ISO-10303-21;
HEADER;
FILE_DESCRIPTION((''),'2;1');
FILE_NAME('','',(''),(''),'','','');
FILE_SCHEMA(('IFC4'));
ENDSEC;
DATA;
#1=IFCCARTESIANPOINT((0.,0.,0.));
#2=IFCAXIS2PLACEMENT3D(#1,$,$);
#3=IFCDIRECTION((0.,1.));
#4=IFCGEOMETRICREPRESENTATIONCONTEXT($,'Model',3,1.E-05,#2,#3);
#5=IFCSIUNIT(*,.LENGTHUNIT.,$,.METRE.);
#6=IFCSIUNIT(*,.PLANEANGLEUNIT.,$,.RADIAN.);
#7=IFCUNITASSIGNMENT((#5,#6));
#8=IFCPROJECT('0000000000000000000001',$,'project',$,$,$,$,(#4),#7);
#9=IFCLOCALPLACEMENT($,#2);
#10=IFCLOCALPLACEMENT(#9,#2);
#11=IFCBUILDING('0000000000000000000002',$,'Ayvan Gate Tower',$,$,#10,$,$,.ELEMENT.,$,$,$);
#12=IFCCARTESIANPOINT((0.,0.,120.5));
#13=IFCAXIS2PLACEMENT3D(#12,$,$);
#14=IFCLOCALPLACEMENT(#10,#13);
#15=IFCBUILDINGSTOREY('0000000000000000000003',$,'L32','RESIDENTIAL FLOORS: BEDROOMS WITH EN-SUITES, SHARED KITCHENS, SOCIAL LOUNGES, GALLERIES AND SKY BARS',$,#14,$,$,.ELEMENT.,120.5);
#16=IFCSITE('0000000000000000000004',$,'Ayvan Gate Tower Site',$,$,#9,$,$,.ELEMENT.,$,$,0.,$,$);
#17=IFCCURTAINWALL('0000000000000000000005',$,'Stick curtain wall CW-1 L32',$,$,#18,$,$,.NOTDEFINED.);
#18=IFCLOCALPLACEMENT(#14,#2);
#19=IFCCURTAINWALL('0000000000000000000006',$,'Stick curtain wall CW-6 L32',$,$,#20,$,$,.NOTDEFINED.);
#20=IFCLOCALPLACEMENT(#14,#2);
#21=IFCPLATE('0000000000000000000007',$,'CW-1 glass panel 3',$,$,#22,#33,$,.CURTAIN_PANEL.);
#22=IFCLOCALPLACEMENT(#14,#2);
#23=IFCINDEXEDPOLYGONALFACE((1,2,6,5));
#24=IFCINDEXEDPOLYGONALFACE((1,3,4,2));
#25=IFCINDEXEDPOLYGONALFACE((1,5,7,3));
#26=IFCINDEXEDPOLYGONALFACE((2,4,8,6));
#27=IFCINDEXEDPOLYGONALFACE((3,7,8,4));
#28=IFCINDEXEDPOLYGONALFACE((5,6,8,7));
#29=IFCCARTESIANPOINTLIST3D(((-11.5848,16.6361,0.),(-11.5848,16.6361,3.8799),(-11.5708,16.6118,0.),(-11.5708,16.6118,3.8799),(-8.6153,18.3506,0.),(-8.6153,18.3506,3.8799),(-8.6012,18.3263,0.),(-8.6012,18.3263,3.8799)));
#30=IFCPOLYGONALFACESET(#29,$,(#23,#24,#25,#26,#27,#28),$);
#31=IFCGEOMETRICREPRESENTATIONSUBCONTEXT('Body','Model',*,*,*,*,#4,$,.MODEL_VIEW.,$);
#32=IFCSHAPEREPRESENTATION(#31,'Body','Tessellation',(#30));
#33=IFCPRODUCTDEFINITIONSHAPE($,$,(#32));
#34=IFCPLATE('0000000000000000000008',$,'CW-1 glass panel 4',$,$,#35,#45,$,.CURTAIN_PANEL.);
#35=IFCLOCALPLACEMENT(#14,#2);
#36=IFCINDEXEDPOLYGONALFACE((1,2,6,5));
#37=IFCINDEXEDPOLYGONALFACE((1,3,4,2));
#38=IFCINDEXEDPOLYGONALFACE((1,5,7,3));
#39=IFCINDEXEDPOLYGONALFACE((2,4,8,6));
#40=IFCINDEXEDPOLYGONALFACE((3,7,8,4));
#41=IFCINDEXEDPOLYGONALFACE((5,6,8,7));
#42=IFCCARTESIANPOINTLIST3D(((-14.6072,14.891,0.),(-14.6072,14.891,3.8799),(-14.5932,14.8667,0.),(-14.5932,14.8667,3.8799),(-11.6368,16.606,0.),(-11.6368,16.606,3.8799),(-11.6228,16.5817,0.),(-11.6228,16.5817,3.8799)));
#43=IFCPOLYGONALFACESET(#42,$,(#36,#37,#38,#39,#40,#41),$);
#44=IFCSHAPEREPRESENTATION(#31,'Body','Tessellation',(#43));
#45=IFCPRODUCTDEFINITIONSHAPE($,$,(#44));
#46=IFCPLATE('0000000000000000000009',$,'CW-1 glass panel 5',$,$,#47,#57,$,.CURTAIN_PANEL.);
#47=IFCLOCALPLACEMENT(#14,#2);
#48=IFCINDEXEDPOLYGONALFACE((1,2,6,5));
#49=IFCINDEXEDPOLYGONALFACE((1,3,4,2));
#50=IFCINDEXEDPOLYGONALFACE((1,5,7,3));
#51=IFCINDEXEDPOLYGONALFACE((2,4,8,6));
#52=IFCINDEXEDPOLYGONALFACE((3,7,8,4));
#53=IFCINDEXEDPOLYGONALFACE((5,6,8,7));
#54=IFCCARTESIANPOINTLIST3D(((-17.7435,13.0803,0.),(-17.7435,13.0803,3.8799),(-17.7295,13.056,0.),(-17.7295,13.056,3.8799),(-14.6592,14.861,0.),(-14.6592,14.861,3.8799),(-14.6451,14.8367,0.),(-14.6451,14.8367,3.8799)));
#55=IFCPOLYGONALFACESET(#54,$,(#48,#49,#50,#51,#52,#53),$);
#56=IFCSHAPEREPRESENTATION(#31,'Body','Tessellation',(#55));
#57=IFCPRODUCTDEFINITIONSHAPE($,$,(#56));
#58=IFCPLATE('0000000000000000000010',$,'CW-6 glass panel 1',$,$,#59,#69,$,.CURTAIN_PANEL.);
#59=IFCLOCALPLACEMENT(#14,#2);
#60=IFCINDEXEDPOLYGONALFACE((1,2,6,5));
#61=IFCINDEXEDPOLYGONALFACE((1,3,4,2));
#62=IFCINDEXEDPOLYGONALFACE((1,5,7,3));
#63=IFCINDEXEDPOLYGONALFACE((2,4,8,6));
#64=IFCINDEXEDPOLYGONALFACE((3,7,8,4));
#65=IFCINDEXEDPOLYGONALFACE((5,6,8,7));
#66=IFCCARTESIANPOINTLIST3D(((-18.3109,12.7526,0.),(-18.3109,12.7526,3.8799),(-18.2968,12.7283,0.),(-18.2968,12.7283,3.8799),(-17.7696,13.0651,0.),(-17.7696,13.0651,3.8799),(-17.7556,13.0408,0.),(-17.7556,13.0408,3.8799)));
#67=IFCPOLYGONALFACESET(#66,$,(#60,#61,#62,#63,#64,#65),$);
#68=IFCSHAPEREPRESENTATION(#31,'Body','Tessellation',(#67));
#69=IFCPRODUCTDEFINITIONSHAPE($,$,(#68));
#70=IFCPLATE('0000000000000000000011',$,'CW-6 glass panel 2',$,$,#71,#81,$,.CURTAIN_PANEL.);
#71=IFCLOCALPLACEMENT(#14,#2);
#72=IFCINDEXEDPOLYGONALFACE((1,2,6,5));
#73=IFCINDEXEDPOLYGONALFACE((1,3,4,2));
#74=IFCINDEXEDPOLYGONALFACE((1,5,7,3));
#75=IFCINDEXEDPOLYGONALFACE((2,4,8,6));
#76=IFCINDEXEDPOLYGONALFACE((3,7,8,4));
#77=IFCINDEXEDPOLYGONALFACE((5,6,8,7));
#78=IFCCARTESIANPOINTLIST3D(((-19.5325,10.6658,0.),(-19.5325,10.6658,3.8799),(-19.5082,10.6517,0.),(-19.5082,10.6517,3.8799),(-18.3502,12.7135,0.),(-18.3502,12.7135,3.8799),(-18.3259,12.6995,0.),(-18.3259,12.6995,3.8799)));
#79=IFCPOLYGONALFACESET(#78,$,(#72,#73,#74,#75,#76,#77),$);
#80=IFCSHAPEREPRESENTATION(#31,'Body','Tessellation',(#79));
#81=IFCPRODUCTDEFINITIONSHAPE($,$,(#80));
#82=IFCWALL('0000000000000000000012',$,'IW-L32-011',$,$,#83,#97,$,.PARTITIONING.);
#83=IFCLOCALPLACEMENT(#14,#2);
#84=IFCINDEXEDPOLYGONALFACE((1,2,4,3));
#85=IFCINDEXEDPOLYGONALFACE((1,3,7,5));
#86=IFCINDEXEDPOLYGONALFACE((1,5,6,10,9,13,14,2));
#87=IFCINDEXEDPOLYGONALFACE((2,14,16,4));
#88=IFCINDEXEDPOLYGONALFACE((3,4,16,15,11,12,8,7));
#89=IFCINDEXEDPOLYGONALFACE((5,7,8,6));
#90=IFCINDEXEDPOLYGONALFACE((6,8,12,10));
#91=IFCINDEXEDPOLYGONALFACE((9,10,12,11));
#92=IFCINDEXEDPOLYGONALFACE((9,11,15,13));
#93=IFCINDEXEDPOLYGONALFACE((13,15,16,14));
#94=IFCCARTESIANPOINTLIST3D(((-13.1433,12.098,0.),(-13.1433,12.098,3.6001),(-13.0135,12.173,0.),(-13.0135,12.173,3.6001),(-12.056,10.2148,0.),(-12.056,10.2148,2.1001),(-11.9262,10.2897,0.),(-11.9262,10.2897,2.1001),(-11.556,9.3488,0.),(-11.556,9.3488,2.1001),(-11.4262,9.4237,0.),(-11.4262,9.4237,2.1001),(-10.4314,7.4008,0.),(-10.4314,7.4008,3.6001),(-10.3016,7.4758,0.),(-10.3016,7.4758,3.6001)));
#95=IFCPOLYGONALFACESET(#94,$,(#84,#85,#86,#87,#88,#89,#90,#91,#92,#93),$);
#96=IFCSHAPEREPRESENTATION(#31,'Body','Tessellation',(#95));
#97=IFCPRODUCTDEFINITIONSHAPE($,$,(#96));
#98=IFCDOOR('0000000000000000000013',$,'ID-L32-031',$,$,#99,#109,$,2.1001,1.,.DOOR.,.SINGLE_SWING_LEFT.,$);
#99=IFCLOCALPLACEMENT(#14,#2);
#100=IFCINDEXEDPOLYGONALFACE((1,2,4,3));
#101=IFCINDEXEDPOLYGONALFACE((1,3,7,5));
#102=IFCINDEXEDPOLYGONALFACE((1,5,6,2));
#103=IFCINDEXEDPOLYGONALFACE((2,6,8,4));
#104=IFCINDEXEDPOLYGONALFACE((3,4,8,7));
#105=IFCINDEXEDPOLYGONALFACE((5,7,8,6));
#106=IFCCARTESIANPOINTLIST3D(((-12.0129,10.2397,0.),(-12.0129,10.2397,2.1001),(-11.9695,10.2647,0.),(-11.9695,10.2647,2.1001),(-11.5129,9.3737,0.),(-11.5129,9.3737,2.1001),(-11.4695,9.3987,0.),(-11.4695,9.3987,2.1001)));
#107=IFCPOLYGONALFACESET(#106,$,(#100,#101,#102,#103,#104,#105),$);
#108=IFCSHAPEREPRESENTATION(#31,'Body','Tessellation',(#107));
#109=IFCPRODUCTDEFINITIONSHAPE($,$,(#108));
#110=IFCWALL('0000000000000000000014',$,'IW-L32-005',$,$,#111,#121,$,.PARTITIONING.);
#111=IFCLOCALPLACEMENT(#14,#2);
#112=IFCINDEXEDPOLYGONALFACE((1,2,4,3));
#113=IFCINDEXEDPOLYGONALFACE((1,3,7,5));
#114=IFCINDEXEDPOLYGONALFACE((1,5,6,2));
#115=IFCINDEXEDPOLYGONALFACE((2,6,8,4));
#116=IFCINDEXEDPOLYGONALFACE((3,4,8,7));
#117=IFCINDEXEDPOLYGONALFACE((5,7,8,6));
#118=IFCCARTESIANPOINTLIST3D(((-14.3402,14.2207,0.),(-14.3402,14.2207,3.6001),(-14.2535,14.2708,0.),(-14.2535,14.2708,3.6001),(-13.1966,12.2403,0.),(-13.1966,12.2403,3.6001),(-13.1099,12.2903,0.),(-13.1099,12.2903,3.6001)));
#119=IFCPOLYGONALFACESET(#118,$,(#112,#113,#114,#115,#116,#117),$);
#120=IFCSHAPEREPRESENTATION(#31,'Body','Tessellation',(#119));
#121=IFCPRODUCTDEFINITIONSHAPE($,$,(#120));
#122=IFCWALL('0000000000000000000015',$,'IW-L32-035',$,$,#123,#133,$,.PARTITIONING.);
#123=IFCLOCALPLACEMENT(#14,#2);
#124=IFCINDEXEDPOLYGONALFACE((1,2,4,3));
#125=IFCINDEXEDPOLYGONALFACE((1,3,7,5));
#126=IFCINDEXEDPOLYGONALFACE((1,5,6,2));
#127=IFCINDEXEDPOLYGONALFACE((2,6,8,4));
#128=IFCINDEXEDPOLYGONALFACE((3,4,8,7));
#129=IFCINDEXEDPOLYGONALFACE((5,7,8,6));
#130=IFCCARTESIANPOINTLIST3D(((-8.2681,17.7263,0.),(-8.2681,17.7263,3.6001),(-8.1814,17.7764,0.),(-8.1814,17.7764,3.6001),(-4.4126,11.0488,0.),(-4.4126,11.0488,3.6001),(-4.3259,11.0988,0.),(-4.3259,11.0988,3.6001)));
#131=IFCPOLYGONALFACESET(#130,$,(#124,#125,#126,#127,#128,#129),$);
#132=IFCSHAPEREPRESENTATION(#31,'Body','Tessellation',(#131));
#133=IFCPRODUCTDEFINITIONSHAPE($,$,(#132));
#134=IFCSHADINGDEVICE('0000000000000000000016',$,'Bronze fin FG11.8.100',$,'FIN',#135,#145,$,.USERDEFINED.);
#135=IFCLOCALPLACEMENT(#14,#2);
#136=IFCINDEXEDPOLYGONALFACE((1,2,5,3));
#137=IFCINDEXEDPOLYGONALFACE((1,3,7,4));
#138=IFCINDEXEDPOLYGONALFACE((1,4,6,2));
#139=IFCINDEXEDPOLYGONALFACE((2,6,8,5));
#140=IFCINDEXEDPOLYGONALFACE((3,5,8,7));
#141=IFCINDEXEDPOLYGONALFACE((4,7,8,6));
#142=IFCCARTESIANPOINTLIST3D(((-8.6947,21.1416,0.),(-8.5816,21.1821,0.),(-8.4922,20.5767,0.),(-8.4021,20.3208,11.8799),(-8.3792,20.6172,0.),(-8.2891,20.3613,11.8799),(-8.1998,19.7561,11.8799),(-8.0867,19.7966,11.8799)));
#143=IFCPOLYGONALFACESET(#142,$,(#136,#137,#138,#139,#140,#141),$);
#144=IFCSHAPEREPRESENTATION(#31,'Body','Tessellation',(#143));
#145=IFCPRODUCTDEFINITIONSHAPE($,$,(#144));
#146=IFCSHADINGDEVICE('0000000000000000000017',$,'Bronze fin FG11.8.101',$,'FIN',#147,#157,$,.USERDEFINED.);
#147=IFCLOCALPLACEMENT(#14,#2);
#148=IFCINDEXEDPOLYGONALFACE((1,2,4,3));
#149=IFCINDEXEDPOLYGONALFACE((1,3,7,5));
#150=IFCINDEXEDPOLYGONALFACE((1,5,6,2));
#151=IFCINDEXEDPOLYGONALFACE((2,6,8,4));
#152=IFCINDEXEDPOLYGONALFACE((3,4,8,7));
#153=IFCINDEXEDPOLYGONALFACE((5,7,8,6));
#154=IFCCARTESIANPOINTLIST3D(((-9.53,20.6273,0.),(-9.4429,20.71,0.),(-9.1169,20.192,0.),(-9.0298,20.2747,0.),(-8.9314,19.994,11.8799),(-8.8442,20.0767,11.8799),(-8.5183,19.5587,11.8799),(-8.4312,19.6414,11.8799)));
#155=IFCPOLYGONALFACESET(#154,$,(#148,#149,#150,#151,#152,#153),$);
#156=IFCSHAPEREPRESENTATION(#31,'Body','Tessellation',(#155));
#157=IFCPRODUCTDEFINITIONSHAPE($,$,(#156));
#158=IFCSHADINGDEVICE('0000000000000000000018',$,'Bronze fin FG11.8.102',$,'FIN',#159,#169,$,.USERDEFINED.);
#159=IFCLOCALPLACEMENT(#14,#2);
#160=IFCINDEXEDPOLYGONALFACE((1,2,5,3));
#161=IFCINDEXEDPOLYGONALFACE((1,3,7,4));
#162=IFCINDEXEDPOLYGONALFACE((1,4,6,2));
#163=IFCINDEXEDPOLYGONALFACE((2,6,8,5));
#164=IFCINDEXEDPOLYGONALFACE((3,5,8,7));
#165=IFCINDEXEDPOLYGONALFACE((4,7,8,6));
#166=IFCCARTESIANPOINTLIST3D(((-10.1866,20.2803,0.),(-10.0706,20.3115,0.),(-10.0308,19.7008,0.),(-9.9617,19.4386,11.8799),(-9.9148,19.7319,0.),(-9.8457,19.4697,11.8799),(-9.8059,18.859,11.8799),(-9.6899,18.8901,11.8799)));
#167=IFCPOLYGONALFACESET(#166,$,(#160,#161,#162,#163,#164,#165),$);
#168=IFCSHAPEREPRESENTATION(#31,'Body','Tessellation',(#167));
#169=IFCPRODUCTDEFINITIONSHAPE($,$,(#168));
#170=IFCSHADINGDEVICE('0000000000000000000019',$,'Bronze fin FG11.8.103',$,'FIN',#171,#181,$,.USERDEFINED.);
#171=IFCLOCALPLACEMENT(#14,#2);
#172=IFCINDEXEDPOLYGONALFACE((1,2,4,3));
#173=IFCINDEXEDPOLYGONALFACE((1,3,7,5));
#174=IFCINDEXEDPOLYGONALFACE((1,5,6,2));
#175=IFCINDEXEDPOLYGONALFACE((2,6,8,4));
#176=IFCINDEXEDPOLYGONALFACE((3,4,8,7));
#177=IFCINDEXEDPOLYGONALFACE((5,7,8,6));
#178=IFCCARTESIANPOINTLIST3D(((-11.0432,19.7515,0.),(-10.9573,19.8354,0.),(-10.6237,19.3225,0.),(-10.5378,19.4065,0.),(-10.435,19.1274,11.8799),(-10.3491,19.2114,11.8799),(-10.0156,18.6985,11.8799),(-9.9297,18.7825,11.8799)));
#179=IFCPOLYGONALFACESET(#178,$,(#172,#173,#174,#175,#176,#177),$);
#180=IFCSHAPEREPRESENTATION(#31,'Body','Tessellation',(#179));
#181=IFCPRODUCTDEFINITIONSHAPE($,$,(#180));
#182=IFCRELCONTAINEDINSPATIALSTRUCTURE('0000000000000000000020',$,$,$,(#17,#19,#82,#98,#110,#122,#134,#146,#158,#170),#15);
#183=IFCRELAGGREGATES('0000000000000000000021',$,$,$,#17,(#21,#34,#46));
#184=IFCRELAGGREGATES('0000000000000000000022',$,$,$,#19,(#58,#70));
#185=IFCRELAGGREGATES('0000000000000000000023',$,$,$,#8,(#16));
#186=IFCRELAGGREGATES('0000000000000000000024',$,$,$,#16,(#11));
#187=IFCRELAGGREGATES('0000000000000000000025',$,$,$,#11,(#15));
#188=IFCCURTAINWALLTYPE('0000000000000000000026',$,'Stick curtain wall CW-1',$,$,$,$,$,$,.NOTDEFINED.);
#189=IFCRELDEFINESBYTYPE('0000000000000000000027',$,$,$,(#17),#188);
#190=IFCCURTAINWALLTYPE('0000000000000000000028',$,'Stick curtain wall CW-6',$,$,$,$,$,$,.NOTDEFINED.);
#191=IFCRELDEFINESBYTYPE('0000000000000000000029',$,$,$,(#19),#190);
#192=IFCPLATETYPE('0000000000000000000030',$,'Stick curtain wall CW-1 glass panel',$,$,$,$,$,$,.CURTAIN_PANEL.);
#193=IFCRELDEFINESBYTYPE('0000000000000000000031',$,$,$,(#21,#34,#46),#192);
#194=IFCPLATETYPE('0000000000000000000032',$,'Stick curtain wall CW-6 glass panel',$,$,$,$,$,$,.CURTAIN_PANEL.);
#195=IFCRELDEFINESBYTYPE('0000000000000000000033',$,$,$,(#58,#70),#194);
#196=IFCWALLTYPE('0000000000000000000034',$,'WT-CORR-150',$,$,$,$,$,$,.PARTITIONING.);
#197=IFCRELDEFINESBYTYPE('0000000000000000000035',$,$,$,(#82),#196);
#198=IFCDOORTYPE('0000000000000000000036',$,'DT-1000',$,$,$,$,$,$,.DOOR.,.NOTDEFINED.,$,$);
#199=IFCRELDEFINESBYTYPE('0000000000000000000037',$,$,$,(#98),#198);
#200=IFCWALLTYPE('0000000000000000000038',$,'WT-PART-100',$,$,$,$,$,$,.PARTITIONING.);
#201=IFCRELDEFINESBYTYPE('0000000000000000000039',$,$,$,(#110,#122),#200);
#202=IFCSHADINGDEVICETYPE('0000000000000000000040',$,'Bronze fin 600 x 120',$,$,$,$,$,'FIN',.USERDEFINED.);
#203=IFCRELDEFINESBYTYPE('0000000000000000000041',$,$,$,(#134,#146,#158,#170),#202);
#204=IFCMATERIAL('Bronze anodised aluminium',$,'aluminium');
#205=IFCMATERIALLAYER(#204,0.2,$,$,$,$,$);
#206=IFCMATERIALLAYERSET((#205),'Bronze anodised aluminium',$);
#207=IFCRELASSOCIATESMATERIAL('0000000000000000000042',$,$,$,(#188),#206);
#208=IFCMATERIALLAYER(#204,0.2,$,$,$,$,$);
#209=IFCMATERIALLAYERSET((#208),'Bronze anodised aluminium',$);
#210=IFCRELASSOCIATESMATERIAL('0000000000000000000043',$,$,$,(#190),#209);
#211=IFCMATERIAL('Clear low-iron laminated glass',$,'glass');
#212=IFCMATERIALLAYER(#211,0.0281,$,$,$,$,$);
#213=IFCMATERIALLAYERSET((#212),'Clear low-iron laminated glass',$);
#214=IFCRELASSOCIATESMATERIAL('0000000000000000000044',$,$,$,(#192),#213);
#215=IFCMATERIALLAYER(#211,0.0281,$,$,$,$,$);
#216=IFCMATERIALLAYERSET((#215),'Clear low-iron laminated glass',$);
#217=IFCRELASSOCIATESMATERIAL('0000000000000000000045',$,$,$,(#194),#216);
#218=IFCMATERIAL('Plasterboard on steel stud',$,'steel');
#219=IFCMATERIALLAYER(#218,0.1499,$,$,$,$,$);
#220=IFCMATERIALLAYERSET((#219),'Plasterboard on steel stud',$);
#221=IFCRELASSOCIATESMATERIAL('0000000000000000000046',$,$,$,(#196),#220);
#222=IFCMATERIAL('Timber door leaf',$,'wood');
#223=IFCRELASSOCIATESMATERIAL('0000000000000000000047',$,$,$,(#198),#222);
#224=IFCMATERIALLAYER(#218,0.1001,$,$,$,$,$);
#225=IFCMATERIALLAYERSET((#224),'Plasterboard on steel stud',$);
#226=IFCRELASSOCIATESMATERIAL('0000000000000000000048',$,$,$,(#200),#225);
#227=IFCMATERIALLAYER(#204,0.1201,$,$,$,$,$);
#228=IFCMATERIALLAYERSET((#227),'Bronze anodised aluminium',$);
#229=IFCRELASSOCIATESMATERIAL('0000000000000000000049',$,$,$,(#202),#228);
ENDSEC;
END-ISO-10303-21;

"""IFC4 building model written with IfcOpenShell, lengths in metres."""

from ifc_helpers import new_model, si_unit, direction, frame, frame_2d, origin, origin_2d, place, context, subcontext, project, spatial, polyline, rectangle, outline, extrude, material, layer, layer_set, type_object, element, fill, aggregate, save


model = new_model("IFC4")

# Units and contexts
model_context = context("Model", 3, precision=1e-05, world=origin(), true_north=direction((0.0, 1.0)))
body_context = subcontext(model_context, "Body", "Model", "MODEL_VIEW")
ifc_project = project(units=[si_unit("LENGTHUNIT", "METRE"), si_unit("PLANEANGLEUNIT", "RADIAN")], contexts=[model_context])

# Site, building, storey
site_placement = place(None, origin())
site = spatial("IfcSite", under=ifc_project, at=site_placement, Name="Ayvan Gate Tower Site", CompositionType="ELEMENT", RefElevation=0.0)
building_placement = place(site_placement, origin())
building = spatial("IfcBuilding", under=site, at=building_placement, Name="Ayvan Gate Tower", CompositionType="ELEMENT")
storey_placement = place(building_placement, frame((0.0, 0.0, 120.5)))
storey = spatial("IfcBuildingStorey", under=building, at=storey_placement, Name="L32", Description="RESIDENTIAL FLOORS: BEDROOMS WITH EN-SUITES, SHARED KITCHENS, SOCIAL LOUNGES, GALLERIES AND SKY BARS", CompositionType="ELEMENT", Elevation=120.5)

# Curtain walls
ifc_material_1 = material(Name="Bronze anodised aluminium", Category="aluminium")
ifc_layer_1 = layer(ifc_material_1, 0.2)
ifc_layer_set_1 = layer_set([ifc_layer_1], Name="Bronze anodised aluminium")
curtain_wall_type_1 = type_object("IfcCurtainWallType", Name="Stick curtain wall CW-1", PredefinedType="NOTDEFINED", material=ifc_layer_set_1)
curtain_wall_1_placement = place(storey_placement, origin())
curtain_wall_1 = element("IfcCurtainWall", 1, at=curtain_wall_1_placement, inside=storey, type_object=curtain_wall_type_1, Name="Stick curtain wall CW-1 L32", PredefinedType="NOTDEFINED")
ifc_layer_2 = layer(ifc_material_1, 0.2)
ifc_layer_set_2 = layer_set([ifc_layer_2], Name="Bronze anodised aluminium")
curtain_wall_type_2 = type_object("IfcCurtainWallType", Name="Stick curtain wall CW-6", PredefinedType="NOTDEFINED", material=ifc_layer_set_2)
curtain_wall_2_placement = place(storey_placement, origin())
curtain_wall_2 = element("IfcCurtainWall", 2, at=curtain_wall_2_placement, inside=storey, type_object=curtain_wall_type_2, Name="Stick curtain wall CW-6 L32", PredefinedType="NOTDEFINED")

# Plates
ifc_material_2 = material(Name="Clear low-iron laminated glass", Category="glass")
ifc_layer_3 = layer(ifc_material_2, 0.0281)
ifc_layer_set_3 = layer_set([ifc_layer_3], Name="Clear low-iron laminated glass")
plate_type_1 = type_object("IfcPlateType", Name="Stick curtain wall CW-1 glass panel", PredefinedType="CURTAIN_PANEL", material=ifc_layer_set_3)
plate_1_placement = place(storey_placement, frame((-10.093, 17.4812, 0.0), z_axis=(0.0, 0.0, 1.0), x_axis=(-0.866025, -0.5, 0.0)))
plate_1 = element("IfcPlate", 3, at=plate_1_placement, type_object=plate_type_1, Name="CW-1 glass panel 3", PredefinedType="CURTAIN_PANEL", context=body_context, shape_type="SweptSolid", body=[
    extrude(rectangle(XDim=3.429, YDim=0.0281, at=origin_2d()), origin(), (0.0, 0.0, 1.0), 3.8799),
])
plate_2_placement = place(storey_placement, frame((-13.115, 15.7363, 0.0), z_axis=(0.0, 0.0, 1.0), x_axis=(-0.866025, -0.5, 0.0)))
plate_2 = element("IfcPlate", 4, at=plate_2_placement, type_object=plate_type_1, Name="CW-1 glass panel 4", PredefinedType="CURTAIN_PANEL", context=body_context, shape_type="SweptSolid", body=[
    extrude(rectangle(XDim=3.4299, YDim=0.0281, at=origin_2d()), origin(), (0.0, 0.0, 1.0), 3.8799),
])
plate_3_placement = place(storey_placement, frame((-16.1943, 13.9585, 0.0), z_axis=(0.0, 0.0, 1.0), x_axis=(-0.866025, -0.5, 0.0)))
plate_3 = element("IfcPlate", 5, at=plate_3_placement, type_object=plate_type_1, Name="CW-1 glass panel 5", PredefinedType="CURTAIN_PANEL", context=body_context, shape_type="SweptSolid", body=[
    extrude(rectangle(XDim=3.5615, YDim=0.0281, at=origin_2d()), origin(), (0.0, 0.0, 1.0), 3.8799),
])
aggregate(curtain_wall_1, [plate_1, plate_2, plate_3])
ifc_layer_4 = layer(ifc_material_2, 0.0281)
ifc_layer_set_4 = layer_set([ifc_layer_4], Name="Clear low-iron laminated glass")
plate_type_2 = type_object("IfcPlateType", Name="Stick curtain wall CW-6 glass panel", PredefinedType="CURTAIN_PANEL", material=ifc_layer_set_4)
plate_4_placement = place(storey_placement, frame((-18.0332, 12.8967, 0.0), z_axis=(0.0, 0.0, 1.0), x_axis=(-0.866025, -0.5, 0.0)))
plate_4 = element("IfcPlate", 6, at=plate_4_placement, type_object=plate_type_2, Name="CW-6 glass panel 1", PredefinedType="CURTAIN_PANEL", context=body_context, shape_type="SweptSolid", body=[
    extrude(rectangle(XDim=0.625, YDim=0.0281, at=origin_2d()), origin(), (0.0, 0.0, 1.0), 3.8799),
])
plate_5_placement = place(storey_placement, frame((-18.9292, 11.6826, 0.0), z_axis=(0.0, 0.0, 1.0), x_axis=(-0.5, -0.866025, 0.0)))
plate_5 = element("IfcPlate", 7, at=plate_5_placement, type_object=plate_type_2, Name="CW-6 glass panel 2", PredefinedType="CURTAIN_PANEL", context=body_context, shape_type="SweptSolid", body=[
    extrude(rectangle(XDim=2.3645, YDim=0.0281, at=origin_2d()), origin(), (0.0, 0.0, 1.0), 3.8799),
])
aggregate(curtain_wall_2, [plate_4, plate_5])

# Wall, opening, door
ifc_material_3 = material(Name="Plasterboard on steel stud", Category="steel")
ifc_layer_5 = layer(ifc_material_3, 0.1499)
ifc_layer_set_5 = layer_set([ifc_layer_5], Name="Plasterboard on steel stud")
wall_type_1 = type_object("IfcWallType", Name="WT-CORR-150", PredefinedType="PARTITIONING", material=ifc_layer_set_5)
wall_1_placement = place(storey_placement, frame((-13.0784, 12.1355, 0.0), z_axis=(0.0, 0.0, 1.0), x_axis=(0.499993, -0.86603, 0.0)))
wall_1 = element("IfcWall", 8, at=wall_1_placement, inside=storey, type_object=wall_type_1, Name="IW-L32-011", PredefinedType="PARTITIONING", context=body_context, shape_type="SweptSolid", body=[
    extrude(rectangle(XDim=5.4238, YDim=0.1499, at=frame_2d((2.7119, 0.0))), origin(), (0.0, 0.0, 1.0), 3.6001),
])
opening_placement = place(wall_1_placement, frame((2.1746, 0.0, 0.0)))
opening = element("IfcOpeningElement", 9, at=opening_placement, cuts=wall_1, PredefinedType="OPENING", context=body_context, shape_type="SweptSolid", body=[
    extrude(rectangle(XDim=1.0, YDim=2.1001, at=frame_2d((0.5, 1.05))), frame((0.0, 0.085, 0.0), z_axis=(0.0, -1.0, 0.0), x_axis=(1.0, 0.0, 0.0)), (0.0, 0.0, 1.0), 0.1699),
])
ifc_material_4 = material(Name="Timber door leaf", Category="wood")
door_type = type_object("IfcDoorType", Name="DT-1000", OperationType="NOTDEFINED", PredefinedType="DOOR", material=ifc_material_4)
door_placement = place(opening_placement, origin())
door = element("IfcDoor", 10, at=door_placement, inside=storey, type_object=door_type, Name="ID-L32-031", OperationType="SINGLE_SWING_LEFT", OverallHeight=2.1001, OverallWidth=1.0, PredefinedType="DOOR", context=body_context, shape_type="SweptSolid", body=[
    extrude(rectangle(XDim=1.0, YDim=2.1001, at=frame_2d((0.5, 1.05))), frame((0.0, 0.0249, 0.0), z_axis=(0.0, -1.0, 0.0), x_axis=(1.0, 0.0, 0.0)), (0.0, 0.0, 1.0), 0.05),
])
fill(opening, door)

# Walls
ifc_layer_6 = layer(ifc_material_3, 0.1001)
ifc_layer_set_6 = layer_set([ifc_layer_6], Name="Plasterboard on steel stud")
wall_type_2 = type_object("IfcWallType", Name="WT-PART-100", PredefinedType="PARTITIONING", material=ifc_layer_set_6)
wall_2_placement = place(storey_placement, frame((-14.2969, 14.2458, 0.0), z_axis=(0.0, 0.0, 1.0), x_axis=(0.500043, -0.866001, 0.0)))
element("IfcWall", 11, at=wall_2_placement, inside=storey, type_object=wall_type_2, Name="IW-L32-005", PredefinedType="PARTITIONING", context=body_context, shape_type="SweptSolid", body=[
    extrude(rectangle(XDim=2.2869, YDim=0.1001, at=frame_2d((1.1436, 0.0))), origin(), (0.0, 0.0, 1.0), 3.6001),
])
wall_3_placement = place(storey_placement, frame((-8.2249, 17.7515, 0.0), z_axis=(0.0, 0.0, 1.0), x_axis=(0.500021, -0.866013, 0.0)))
element("IfcWall", 12, at=wall_3_placement, inside=storey, type_object=wall_type_2, Name="IW-L32-035", PredefinedType="PARTITIONING", context=body_context, shape_type="SweptSolid", body=[
    extrude(rectangle(XDim=7.7107, YDim=0.1001, at=frame_2d((3.8555, 0.0))), origin(), (0.0, 0.0, 1.0), 3.6001),
])

# Shading devices
ifc_layer_7 = layer(ifc_material_1, 0.1201)
ifc_layer_set_7 = layer_set([ifc_layer_7], Name="Bronze anodised aluminium")
shading_device_type = type_object("IfcShadingDeviceType", Name="Bronze fin 600 x 120", ElementType="FIN", PredefinedType="USERDEFINED", material=ifc_layer_set_7)
shading_device_1_placement = place(storey_placement, frame((-8.3792, 20.6172, 0.0), z_axis=(0.941387, 0.337329, 0.000126), x_axis=(-0.337329, 0.941387, 0.0)))
element("IfcShadingDevice", 13, at=shading_device_1_placement, inside=storey, type_object=shading_device_type, Name="Bronze fin FG11.8.100", ObjectType="FIN", PredefinedType="USERDEFINED", context=body_context, shape_type="SweptSolid", body=[
    extrude(outline(polyline([(0.0, 0.0), (0.6001, 0.0), (-0.2713, 11.8799), (-0.8711, 11.8799), (0.0, 0.0)])), origin(), (0.0, 0.0, -1.0), 0.1201),
])
shading_device_2_placement = place(storey_placement, frame((-9.0298, 20.2747, 0.0), z_axis=(0.725375, 0.688354, 0.000143), x_axis=(-0.688354, 0.725375, 0.0)))
element("IfcShadingDevice", 14, at=shading_device_2_placement, inside=storey, type_object=shading_device_type, Name="Bronze fin FG11.8.101", ObjectType="FIN", PredefinedType="USERDEFINED", context=body_context, shape_type="SweptSolid", body=[
    extrude(outline(polyline([(0.0, 0.0), (0.6001, 0.0), (-0.2713, 11.8799), (-0.8715, 11.8799), (0.0, 0.0)])), origin(), (0.0, 0.0, -1.0), 0.1201),
])
shading_device_3_placement = place(storey_placement, frame((-9.9148, 19.7319, 0.0), z_axis=(0.965733, 0.259536, 0.000112), x_axis=(-0.259536, 0.965733, 0.0)))
element("IfcShadingDevice", 15, at=shading_device_3_placement, inside=storey, type_object=shading_device_type, Name="Bronze fin FG11.8.102", ObjectType="FIN", PredefinedType="USERDEFINED", context=body_context, shape_type="SweptSolid", body=[
    extrude(outline(polyline([(0.0, 0.0), (0.6002, 0.0), (-0.2712, 11.8799), (-0.8713, 11.8799), (0.0, 0.0)])), origin(), (0.0, 0.0, -1.0), 0.1201),
])
shading_device_4_placement = place(storey_placement, frame((-10.5378, 19.4065, 0.0), z_axis=(0.714998, 0.699127, 0.000121), x_axis=(-0.699127, 0.714998, 0.0)))
element("IfcShadingDevice", 16, at=shading_device_4_placement, inside=storey, type_object=shading_device_type, Name="Bronze fin FG11.8.103", ObjectType="FIN", PredefinedType="USERDEFINED", context=body_context, shape_type="SweptSolid", body=[
    extrude(outline(polyline([(0.0, 0.0), (0.5999, 0.0), (-0.2714, 11.8799), (-0.8714, 11.8799), (0.0, 0.0)])), origin(), (0.0, 0.0, -1.0), 0.1201),
])

save(model, "model.ifc")
